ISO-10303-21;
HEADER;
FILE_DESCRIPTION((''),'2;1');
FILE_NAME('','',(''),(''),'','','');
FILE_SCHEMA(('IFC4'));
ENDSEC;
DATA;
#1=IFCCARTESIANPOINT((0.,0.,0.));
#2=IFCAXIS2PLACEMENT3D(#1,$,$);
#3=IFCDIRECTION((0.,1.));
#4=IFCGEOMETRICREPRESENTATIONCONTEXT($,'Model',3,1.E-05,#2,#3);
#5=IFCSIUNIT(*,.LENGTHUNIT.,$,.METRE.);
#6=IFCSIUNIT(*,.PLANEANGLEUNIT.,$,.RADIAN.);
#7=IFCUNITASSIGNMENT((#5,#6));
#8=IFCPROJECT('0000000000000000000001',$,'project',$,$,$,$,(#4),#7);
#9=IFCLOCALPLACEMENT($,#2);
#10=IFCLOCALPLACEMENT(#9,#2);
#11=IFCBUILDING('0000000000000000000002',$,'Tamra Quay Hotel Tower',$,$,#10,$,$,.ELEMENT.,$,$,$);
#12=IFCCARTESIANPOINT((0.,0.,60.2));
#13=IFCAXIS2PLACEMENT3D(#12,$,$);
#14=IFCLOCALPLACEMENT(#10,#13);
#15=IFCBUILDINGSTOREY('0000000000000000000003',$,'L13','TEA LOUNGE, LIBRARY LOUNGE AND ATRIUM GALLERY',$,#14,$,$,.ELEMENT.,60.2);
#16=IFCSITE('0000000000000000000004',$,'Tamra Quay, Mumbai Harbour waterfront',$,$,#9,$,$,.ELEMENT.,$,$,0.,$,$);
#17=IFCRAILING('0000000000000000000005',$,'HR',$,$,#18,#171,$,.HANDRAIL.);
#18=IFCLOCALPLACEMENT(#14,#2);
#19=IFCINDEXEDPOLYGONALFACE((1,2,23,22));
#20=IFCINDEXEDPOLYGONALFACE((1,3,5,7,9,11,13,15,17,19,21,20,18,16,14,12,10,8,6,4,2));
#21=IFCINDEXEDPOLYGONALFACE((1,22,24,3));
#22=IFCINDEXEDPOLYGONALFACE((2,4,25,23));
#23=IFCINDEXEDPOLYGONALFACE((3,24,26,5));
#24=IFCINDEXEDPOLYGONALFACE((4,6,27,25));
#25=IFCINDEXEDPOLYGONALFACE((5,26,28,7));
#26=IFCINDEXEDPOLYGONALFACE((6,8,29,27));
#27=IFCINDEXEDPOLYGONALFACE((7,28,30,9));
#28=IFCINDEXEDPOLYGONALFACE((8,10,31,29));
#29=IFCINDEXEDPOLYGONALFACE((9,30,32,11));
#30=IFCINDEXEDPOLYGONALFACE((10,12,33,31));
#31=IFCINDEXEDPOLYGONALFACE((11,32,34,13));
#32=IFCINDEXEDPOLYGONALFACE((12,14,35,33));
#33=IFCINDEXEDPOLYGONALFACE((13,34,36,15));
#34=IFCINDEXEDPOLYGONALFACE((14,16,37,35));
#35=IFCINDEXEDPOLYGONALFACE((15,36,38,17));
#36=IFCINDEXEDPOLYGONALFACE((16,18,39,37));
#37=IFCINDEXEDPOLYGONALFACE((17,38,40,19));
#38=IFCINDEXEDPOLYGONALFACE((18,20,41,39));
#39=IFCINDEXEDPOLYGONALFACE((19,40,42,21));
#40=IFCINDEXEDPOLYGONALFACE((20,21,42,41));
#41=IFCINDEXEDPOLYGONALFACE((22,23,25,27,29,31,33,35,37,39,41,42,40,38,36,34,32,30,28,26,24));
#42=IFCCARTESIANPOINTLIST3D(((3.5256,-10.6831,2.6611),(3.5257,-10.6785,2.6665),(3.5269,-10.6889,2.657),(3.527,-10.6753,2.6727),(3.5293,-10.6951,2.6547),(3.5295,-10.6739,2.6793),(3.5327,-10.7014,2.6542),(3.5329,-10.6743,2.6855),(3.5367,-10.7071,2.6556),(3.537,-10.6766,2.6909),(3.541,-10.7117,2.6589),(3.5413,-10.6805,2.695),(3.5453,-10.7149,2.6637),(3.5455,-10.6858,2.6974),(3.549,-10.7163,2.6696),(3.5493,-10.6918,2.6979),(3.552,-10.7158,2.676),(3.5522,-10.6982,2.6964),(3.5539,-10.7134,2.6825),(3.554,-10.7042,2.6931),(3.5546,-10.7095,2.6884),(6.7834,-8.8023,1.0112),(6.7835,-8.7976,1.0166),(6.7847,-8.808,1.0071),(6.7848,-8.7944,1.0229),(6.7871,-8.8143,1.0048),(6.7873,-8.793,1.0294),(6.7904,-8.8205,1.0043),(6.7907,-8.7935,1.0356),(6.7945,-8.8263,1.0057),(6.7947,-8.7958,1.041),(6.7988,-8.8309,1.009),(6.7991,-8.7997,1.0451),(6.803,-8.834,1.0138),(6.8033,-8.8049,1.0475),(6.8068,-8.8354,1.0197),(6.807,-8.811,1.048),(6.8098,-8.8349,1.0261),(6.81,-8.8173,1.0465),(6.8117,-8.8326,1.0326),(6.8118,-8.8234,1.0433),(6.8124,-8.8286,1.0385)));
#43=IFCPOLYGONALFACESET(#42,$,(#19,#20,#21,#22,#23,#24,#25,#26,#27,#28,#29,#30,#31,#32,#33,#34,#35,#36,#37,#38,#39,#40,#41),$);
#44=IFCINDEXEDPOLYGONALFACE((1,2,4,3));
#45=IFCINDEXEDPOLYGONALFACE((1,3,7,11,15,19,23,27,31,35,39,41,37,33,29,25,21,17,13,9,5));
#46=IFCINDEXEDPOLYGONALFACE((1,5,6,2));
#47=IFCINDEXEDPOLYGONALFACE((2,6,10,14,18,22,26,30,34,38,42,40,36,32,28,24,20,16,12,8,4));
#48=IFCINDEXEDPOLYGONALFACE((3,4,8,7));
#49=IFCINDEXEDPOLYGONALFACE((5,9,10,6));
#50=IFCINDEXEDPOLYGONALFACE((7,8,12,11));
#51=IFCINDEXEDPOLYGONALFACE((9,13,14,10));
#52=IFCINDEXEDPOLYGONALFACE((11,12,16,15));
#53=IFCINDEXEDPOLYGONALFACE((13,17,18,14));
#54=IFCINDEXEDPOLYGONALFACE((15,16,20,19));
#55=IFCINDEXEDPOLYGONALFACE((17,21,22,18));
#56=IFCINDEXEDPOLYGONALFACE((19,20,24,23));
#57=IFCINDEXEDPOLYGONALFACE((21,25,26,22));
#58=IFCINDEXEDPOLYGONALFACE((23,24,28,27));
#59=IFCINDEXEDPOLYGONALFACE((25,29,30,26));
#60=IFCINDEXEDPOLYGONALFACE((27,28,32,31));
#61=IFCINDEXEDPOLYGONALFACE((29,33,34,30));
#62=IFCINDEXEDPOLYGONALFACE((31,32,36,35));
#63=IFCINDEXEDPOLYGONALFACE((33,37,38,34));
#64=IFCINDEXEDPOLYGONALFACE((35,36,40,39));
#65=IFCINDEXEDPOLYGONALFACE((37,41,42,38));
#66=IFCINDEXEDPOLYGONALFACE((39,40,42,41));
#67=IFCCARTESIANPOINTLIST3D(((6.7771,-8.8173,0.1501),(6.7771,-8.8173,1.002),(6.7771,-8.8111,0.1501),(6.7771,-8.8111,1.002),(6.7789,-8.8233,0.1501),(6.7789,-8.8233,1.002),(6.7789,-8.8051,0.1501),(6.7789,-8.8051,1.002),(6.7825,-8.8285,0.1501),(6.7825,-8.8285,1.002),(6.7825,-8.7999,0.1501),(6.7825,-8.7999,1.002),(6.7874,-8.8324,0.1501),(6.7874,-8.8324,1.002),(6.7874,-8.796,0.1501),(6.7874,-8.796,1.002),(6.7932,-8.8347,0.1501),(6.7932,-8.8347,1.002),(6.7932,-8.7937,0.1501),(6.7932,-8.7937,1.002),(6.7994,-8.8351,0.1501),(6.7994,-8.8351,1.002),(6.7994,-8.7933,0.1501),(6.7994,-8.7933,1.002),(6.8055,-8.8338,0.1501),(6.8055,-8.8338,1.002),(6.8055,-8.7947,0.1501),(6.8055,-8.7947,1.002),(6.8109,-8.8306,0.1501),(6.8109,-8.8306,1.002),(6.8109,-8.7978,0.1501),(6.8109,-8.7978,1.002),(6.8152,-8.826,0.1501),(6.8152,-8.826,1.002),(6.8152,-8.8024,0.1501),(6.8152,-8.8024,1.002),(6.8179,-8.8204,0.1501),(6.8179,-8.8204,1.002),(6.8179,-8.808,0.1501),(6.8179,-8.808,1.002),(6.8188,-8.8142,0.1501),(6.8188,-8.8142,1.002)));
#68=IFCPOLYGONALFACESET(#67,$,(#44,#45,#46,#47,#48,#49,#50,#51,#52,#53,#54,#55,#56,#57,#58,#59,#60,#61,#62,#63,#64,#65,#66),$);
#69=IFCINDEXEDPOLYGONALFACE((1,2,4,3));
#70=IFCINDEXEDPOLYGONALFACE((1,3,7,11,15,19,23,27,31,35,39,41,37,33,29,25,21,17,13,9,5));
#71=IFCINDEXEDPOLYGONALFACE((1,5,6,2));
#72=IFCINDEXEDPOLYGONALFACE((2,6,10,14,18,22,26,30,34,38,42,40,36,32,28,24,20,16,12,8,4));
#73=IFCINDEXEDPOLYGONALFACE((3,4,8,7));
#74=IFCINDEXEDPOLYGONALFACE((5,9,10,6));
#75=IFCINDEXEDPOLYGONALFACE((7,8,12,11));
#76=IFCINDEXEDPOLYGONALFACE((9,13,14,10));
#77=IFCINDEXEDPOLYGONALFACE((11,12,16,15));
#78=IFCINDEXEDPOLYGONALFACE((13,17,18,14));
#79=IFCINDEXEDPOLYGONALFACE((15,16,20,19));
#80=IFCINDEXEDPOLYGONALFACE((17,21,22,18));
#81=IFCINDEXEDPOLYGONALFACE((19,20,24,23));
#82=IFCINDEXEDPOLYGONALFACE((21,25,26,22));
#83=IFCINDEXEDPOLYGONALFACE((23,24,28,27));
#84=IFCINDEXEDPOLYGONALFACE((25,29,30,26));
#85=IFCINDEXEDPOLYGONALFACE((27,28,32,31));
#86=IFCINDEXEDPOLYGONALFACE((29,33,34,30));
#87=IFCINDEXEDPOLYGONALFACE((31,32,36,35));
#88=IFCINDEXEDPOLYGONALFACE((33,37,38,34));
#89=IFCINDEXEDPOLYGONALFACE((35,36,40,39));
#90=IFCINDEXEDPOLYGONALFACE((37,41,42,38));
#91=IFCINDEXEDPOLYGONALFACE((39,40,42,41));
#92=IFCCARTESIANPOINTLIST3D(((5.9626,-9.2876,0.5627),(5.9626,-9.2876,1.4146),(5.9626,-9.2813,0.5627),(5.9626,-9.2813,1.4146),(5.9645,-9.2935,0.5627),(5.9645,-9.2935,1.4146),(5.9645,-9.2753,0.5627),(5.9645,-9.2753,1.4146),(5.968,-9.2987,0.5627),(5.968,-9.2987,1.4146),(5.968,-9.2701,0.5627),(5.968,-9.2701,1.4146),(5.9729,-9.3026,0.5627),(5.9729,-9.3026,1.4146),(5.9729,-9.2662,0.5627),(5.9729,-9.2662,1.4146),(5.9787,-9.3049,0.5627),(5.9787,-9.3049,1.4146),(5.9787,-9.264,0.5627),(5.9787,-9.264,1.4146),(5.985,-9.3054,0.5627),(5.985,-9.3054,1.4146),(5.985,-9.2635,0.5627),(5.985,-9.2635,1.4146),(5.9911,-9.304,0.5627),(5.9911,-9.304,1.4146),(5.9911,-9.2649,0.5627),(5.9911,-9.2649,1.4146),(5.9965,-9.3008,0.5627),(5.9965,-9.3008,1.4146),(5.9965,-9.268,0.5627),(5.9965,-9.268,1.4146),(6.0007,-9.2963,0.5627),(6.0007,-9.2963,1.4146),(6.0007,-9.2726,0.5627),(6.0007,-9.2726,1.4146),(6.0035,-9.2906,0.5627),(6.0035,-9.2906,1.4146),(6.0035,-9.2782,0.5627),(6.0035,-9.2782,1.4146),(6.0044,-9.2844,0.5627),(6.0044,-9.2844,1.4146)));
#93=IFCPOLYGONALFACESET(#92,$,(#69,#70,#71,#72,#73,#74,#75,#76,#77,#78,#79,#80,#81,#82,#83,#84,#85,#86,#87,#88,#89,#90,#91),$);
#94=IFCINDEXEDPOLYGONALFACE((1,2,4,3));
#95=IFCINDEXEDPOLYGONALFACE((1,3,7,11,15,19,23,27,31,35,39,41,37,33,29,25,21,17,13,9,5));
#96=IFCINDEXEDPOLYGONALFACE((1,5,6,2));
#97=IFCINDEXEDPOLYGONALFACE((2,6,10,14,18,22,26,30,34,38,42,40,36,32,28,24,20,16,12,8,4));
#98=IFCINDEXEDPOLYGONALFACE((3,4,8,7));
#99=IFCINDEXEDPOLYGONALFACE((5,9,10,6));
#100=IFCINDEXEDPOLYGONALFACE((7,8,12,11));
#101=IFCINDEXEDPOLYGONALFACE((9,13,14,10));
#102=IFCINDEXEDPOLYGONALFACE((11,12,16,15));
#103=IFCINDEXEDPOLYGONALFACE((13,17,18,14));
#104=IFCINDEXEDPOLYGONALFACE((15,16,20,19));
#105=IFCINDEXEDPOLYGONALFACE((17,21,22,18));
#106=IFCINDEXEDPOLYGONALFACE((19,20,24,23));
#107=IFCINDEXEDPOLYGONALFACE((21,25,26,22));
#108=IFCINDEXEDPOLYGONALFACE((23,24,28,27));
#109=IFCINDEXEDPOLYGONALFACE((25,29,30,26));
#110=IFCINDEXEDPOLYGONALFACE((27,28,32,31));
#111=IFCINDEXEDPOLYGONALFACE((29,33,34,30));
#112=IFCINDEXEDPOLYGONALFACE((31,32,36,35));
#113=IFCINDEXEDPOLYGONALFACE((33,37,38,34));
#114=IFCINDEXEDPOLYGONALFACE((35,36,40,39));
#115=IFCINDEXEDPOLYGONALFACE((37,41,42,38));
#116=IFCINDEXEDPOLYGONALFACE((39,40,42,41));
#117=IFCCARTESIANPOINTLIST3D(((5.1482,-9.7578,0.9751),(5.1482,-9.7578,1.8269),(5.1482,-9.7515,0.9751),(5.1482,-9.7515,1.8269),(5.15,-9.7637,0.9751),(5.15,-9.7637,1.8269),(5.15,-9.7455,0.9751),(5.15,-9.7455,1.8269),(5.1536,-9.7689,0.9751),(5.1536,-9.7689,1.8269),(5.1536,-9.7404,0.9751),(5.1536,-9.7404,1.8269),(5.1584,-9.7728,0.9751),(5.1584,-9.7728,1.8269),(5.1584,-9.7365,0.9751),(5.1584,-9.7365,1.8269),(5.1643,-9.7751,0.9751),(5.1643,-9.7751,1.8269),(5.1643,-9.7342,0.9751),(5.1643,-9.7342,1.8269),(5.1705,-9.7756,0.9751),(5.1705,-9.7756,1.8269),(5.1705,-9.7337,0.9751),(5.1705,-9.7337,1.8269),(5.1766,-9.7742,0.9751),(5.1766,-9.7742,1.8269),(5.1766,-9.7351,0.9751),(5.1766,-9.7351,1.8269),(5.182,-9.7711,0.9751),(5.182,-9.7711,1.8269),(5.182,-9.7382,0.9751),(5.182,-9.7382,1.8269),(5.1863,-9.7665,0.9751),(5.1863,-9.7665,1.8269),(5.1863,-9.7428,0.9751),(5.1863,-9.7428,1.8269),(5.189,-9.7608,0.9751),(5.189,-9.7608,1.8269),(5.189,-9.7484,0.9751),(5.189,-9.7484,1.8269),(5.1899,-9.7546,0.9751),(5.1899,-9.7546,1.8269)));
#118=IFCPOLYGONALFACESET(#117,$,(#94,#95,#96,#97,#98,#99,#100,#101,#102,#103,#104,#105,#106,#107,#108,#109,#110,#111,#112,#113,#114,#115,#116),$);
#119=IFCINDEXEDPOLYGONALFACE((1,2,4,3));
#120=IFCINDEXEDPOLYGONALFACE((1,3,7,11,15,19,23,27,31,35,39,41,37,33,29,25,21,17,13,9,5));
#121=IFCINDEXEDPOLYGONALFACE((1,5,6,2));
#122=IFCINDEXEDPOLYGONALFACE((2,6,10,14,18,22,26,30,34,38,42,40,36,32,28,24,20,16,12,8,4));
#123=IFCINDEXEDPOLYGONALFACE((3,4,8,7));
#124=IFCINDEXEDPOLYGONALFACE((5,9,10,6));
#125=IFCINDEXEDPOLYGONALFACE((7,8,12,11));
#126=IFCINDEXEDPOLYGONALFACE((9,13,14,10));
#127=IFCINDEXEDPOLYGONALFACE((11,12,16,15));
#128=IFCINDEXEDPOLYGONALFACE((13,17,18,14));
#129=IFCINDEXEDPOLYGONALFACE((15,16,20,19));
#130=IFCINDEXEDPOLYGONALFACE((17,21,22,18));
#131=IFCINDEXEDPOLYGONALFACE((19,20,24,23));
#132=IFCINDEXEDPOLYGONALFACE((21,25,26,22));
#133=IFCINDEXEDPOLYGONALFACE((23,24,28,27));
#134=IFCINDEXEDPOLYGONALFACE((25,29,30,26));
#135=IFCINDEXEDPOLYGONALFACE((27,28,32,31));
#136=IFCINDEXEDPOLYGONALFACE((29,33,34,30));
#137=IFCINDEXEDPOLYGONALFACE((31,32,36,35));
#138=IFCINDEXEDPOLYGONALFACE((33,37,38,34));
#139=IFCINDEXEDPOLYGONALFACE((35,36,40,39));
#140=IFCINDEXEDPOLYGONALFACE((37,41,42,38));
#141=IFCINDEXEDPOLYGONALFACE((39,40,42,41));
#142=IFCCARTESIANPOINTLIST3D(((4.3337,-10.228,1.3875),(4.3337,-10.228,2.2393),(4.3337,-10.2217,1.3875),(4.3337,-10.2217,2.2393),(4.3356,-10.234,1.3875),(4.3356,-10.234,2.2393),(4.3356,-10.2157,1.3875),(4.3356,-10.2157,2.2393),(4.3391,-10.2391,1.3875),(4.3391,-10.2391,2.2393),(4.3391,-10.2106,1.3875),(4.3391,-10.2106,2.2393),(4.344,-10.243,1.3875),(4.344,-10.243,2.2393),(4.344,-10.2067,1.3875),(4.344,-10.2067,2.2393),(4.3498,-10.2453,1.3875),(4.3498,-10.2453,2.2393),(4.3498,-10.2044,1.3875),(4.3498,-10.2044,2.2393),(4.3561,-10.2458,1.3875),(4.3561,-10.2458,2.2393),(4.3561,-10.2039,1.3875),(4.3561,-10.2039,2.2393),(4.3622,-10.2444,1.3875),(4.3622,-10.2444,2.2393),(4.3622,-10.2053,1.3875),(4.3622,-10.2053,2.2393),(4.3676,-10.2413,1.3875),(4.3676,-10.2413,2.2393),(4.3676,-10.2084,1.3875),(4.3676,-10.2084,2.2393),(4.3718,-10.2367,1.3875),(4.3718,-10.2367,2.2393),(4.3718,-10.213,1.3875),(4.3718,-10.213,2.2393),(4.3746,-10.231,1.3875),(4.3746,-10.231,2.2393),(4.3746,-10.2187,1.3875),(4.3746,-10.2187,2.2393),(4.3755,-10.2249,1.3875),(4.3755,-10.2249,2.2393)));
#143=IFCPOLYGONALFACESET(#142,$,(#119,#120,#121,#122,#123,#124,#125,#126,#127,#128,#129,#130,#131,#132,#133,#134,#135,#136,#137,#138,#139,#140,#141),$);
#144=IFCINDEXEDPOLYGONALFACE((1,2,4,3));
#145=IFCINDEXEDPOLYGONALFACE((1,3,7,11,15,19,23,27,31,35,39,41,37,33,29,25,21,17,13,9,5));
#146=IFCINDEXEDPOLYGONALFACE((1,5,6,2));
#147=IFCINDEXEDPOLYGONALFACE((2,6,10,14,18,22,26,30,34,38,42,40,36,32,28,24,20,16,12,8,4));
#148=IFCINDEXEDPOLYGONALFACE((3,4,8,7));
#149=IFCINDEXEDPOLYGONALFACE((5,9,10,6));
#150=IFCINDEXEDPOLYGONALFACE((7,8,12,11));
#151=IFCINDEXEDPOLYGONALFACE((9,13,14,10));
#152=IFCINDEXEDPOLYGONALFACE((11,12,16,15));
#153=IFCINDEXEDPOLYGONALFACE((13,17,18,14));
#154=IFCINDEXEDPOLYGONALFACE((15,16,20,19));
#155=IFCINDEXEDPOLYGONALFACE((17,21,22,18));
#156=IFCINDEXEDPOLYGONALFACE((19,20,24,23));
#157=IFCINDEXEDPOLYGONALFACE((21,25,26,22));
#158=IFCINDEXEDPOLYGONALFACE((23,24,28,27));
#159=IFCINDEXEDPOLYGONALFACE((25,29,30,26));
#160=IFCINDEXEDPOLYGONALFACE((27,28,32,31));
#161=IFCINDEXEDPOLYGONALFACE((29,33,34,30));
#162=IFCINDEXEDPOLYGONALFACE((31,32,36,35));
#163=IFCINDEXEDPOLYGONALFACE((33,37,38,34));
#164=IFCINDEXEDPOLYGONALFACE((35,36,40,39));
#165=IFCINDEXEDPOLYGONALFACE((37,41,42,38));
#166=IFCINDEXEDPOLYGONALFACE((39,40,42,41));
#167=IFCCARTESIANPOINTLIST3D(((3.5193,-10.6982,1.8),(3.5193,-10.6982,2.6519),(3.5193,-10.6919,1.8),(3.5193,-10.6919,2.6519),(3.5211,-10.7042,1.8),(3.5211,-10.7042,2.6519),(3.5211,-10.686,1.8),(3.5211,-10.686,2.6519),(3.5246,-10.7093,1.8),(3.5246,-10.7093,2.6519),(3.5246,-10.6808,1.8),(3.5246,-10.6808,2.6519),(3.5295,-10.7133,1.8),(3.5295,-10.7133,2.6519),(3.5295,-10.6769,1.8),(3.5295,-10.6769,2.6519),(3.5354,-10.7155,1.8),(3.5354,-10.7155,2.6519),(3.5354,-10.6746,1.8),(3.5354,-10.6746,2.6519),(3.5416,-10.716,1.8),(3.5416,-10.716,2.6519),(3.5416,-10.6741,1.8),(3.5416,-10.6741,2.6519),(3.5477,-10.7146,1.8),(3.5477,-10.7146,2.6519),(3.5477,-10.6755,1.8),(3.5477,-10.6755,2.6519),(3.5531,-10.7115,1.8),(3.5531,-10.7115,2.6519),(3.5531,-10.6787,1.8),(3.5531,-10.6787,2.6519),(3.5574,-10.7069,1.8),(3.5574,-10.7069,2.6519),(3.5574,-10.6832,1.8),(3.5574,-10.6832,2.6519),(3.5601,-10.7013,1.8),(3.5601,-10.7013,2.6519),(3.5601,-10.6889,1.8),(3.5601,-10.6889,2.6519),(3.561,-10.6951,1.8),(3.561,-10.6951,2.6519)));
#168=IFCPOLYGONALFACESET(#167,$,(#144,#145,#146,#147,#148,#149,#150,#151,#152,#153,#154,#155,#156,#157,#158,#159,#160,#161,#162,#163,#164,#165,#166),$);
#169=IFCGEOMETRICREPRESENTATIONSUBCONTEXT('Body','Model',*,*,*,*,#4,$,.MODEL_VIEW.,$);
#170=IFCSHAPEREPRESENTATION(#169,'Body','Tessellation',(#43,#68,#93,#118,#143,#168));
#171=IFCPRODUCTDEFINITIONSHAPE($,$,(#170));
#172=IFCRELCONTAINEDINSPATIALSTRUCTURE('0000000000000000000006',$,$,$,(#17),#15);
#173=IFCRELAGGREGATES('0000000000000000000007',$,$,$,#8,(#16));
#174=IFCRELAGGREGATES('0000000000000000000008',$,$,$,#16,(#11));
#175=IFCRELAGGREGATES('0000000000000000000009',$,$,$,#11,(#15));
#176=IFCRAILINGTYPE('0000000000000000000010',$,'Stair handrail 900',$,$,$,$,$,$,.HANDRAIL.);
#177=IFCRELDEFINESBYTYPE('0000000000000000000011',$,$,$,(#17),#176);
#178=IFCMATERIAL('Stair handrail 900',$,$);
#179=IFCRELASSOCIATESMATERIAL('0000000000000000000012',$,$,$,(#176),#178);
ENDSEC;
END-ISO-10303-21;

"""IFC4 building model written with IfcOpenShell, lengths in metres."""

from ifc_helpers import new_model, si_unit, direction, frame, origin, origin_2d, place, context, subcontext, project, spatial, circle, extrude, material, type_object, element, save


model = new_model("IFC4")

# Units and contexts
model_context = context("Model", 3, precision=1e-05, world=origin(), true_north=direction((0.0, 1.0)))
body_context = subcontext(model_context, "Body", "Model", "MODEL_VIEW")
ifc_project = project(units=[si_unit("LENGTHUNIT", "METRE"), si_unit("PLANEANGLEUNIT", "RADIAN")], contexts=[model_context])

# Site, building, storey
site_placement = place(None, origin())
site = spatial("IfcSite", under=ifc_project, at=site_placement, Name="Tamra Quay, Mumbai Harbour waterfront", CompositionType="ELEMENT", RefElevation=0.0)
building_placement = place(site_placement, origin())
building = spatial("IfcBuilding", under=site, at=building_placement, Name="Tamra Quay Hotel Tower", CompositionType="ELEMENT")
storey_placement = place(building_placement, frame((0.0, 0.0, 60.2)))
storey = spatial("IfcBuildingStorey", under=building, at=storey_placement, Name="L13", Description="TEA LOUNGE, LIBRARY LOUNGE AND ATRIUM GALLERY", CompositionType="ELEMENT", Elevation=60.2)

# Railing
ifc_material_1 = material(Name="Stair handrail 900")
railing_type_1 = type_object("IfcRailingType", Name="Stair handrail 900", PredefinedType="HANDRAIL", material=ifc_material_1)
railing_1_placement = place(storey_placement, frame((6.7979, -8.8142, 0.1501)))
element("IfcRailing", 1, at=railing_1_placement, inside=storey, type_object=railing_type_1, Name="HR", PredefinedType="HANDRAIL", context=body_context, shape_type="SweptSolid", body=[
    extrude(circle(Radius=0.0239, at=origin_2d()), frame((0.0, 0.0, 0.876), z_axis=(-0.7931, -0.457887, 0.401661), x_axis=(0.499992, -0.86603, 0.0)), (0.0, 0.0, 1.0), 4.1077),
    extrude(circle(Radius=0.021, at=origin_2d()), origin(), (0.0, 0.0, 1.0), 0.8518),
    extrude(circle(Radius=0.021, at=origin_2d()), frame((-0.8145, -0.4702, 0.4126)), (0.0, 0.0, 1.0), 0.8518),
    extrude(circle(Radius=0.021, at=origin_2d()), frame((-1.6289, -0.9404, 0.825)), (0.0, 0.0, 1.0), 0.8518),
    extrude(circle(Radius=0.021, at=origin_2d()), frame((-2.4434, -1.4106, 1.2373)), (0.0, 0.0, 1.0), 0.8518),
    extrude(circle(Radius=0.021, at=origin_2d()), frame((-3.2578, -1.8809, 1.6499)), (0.0, 0.0, 1.0), 0.8518),
])

save(model, "model.ifc")
